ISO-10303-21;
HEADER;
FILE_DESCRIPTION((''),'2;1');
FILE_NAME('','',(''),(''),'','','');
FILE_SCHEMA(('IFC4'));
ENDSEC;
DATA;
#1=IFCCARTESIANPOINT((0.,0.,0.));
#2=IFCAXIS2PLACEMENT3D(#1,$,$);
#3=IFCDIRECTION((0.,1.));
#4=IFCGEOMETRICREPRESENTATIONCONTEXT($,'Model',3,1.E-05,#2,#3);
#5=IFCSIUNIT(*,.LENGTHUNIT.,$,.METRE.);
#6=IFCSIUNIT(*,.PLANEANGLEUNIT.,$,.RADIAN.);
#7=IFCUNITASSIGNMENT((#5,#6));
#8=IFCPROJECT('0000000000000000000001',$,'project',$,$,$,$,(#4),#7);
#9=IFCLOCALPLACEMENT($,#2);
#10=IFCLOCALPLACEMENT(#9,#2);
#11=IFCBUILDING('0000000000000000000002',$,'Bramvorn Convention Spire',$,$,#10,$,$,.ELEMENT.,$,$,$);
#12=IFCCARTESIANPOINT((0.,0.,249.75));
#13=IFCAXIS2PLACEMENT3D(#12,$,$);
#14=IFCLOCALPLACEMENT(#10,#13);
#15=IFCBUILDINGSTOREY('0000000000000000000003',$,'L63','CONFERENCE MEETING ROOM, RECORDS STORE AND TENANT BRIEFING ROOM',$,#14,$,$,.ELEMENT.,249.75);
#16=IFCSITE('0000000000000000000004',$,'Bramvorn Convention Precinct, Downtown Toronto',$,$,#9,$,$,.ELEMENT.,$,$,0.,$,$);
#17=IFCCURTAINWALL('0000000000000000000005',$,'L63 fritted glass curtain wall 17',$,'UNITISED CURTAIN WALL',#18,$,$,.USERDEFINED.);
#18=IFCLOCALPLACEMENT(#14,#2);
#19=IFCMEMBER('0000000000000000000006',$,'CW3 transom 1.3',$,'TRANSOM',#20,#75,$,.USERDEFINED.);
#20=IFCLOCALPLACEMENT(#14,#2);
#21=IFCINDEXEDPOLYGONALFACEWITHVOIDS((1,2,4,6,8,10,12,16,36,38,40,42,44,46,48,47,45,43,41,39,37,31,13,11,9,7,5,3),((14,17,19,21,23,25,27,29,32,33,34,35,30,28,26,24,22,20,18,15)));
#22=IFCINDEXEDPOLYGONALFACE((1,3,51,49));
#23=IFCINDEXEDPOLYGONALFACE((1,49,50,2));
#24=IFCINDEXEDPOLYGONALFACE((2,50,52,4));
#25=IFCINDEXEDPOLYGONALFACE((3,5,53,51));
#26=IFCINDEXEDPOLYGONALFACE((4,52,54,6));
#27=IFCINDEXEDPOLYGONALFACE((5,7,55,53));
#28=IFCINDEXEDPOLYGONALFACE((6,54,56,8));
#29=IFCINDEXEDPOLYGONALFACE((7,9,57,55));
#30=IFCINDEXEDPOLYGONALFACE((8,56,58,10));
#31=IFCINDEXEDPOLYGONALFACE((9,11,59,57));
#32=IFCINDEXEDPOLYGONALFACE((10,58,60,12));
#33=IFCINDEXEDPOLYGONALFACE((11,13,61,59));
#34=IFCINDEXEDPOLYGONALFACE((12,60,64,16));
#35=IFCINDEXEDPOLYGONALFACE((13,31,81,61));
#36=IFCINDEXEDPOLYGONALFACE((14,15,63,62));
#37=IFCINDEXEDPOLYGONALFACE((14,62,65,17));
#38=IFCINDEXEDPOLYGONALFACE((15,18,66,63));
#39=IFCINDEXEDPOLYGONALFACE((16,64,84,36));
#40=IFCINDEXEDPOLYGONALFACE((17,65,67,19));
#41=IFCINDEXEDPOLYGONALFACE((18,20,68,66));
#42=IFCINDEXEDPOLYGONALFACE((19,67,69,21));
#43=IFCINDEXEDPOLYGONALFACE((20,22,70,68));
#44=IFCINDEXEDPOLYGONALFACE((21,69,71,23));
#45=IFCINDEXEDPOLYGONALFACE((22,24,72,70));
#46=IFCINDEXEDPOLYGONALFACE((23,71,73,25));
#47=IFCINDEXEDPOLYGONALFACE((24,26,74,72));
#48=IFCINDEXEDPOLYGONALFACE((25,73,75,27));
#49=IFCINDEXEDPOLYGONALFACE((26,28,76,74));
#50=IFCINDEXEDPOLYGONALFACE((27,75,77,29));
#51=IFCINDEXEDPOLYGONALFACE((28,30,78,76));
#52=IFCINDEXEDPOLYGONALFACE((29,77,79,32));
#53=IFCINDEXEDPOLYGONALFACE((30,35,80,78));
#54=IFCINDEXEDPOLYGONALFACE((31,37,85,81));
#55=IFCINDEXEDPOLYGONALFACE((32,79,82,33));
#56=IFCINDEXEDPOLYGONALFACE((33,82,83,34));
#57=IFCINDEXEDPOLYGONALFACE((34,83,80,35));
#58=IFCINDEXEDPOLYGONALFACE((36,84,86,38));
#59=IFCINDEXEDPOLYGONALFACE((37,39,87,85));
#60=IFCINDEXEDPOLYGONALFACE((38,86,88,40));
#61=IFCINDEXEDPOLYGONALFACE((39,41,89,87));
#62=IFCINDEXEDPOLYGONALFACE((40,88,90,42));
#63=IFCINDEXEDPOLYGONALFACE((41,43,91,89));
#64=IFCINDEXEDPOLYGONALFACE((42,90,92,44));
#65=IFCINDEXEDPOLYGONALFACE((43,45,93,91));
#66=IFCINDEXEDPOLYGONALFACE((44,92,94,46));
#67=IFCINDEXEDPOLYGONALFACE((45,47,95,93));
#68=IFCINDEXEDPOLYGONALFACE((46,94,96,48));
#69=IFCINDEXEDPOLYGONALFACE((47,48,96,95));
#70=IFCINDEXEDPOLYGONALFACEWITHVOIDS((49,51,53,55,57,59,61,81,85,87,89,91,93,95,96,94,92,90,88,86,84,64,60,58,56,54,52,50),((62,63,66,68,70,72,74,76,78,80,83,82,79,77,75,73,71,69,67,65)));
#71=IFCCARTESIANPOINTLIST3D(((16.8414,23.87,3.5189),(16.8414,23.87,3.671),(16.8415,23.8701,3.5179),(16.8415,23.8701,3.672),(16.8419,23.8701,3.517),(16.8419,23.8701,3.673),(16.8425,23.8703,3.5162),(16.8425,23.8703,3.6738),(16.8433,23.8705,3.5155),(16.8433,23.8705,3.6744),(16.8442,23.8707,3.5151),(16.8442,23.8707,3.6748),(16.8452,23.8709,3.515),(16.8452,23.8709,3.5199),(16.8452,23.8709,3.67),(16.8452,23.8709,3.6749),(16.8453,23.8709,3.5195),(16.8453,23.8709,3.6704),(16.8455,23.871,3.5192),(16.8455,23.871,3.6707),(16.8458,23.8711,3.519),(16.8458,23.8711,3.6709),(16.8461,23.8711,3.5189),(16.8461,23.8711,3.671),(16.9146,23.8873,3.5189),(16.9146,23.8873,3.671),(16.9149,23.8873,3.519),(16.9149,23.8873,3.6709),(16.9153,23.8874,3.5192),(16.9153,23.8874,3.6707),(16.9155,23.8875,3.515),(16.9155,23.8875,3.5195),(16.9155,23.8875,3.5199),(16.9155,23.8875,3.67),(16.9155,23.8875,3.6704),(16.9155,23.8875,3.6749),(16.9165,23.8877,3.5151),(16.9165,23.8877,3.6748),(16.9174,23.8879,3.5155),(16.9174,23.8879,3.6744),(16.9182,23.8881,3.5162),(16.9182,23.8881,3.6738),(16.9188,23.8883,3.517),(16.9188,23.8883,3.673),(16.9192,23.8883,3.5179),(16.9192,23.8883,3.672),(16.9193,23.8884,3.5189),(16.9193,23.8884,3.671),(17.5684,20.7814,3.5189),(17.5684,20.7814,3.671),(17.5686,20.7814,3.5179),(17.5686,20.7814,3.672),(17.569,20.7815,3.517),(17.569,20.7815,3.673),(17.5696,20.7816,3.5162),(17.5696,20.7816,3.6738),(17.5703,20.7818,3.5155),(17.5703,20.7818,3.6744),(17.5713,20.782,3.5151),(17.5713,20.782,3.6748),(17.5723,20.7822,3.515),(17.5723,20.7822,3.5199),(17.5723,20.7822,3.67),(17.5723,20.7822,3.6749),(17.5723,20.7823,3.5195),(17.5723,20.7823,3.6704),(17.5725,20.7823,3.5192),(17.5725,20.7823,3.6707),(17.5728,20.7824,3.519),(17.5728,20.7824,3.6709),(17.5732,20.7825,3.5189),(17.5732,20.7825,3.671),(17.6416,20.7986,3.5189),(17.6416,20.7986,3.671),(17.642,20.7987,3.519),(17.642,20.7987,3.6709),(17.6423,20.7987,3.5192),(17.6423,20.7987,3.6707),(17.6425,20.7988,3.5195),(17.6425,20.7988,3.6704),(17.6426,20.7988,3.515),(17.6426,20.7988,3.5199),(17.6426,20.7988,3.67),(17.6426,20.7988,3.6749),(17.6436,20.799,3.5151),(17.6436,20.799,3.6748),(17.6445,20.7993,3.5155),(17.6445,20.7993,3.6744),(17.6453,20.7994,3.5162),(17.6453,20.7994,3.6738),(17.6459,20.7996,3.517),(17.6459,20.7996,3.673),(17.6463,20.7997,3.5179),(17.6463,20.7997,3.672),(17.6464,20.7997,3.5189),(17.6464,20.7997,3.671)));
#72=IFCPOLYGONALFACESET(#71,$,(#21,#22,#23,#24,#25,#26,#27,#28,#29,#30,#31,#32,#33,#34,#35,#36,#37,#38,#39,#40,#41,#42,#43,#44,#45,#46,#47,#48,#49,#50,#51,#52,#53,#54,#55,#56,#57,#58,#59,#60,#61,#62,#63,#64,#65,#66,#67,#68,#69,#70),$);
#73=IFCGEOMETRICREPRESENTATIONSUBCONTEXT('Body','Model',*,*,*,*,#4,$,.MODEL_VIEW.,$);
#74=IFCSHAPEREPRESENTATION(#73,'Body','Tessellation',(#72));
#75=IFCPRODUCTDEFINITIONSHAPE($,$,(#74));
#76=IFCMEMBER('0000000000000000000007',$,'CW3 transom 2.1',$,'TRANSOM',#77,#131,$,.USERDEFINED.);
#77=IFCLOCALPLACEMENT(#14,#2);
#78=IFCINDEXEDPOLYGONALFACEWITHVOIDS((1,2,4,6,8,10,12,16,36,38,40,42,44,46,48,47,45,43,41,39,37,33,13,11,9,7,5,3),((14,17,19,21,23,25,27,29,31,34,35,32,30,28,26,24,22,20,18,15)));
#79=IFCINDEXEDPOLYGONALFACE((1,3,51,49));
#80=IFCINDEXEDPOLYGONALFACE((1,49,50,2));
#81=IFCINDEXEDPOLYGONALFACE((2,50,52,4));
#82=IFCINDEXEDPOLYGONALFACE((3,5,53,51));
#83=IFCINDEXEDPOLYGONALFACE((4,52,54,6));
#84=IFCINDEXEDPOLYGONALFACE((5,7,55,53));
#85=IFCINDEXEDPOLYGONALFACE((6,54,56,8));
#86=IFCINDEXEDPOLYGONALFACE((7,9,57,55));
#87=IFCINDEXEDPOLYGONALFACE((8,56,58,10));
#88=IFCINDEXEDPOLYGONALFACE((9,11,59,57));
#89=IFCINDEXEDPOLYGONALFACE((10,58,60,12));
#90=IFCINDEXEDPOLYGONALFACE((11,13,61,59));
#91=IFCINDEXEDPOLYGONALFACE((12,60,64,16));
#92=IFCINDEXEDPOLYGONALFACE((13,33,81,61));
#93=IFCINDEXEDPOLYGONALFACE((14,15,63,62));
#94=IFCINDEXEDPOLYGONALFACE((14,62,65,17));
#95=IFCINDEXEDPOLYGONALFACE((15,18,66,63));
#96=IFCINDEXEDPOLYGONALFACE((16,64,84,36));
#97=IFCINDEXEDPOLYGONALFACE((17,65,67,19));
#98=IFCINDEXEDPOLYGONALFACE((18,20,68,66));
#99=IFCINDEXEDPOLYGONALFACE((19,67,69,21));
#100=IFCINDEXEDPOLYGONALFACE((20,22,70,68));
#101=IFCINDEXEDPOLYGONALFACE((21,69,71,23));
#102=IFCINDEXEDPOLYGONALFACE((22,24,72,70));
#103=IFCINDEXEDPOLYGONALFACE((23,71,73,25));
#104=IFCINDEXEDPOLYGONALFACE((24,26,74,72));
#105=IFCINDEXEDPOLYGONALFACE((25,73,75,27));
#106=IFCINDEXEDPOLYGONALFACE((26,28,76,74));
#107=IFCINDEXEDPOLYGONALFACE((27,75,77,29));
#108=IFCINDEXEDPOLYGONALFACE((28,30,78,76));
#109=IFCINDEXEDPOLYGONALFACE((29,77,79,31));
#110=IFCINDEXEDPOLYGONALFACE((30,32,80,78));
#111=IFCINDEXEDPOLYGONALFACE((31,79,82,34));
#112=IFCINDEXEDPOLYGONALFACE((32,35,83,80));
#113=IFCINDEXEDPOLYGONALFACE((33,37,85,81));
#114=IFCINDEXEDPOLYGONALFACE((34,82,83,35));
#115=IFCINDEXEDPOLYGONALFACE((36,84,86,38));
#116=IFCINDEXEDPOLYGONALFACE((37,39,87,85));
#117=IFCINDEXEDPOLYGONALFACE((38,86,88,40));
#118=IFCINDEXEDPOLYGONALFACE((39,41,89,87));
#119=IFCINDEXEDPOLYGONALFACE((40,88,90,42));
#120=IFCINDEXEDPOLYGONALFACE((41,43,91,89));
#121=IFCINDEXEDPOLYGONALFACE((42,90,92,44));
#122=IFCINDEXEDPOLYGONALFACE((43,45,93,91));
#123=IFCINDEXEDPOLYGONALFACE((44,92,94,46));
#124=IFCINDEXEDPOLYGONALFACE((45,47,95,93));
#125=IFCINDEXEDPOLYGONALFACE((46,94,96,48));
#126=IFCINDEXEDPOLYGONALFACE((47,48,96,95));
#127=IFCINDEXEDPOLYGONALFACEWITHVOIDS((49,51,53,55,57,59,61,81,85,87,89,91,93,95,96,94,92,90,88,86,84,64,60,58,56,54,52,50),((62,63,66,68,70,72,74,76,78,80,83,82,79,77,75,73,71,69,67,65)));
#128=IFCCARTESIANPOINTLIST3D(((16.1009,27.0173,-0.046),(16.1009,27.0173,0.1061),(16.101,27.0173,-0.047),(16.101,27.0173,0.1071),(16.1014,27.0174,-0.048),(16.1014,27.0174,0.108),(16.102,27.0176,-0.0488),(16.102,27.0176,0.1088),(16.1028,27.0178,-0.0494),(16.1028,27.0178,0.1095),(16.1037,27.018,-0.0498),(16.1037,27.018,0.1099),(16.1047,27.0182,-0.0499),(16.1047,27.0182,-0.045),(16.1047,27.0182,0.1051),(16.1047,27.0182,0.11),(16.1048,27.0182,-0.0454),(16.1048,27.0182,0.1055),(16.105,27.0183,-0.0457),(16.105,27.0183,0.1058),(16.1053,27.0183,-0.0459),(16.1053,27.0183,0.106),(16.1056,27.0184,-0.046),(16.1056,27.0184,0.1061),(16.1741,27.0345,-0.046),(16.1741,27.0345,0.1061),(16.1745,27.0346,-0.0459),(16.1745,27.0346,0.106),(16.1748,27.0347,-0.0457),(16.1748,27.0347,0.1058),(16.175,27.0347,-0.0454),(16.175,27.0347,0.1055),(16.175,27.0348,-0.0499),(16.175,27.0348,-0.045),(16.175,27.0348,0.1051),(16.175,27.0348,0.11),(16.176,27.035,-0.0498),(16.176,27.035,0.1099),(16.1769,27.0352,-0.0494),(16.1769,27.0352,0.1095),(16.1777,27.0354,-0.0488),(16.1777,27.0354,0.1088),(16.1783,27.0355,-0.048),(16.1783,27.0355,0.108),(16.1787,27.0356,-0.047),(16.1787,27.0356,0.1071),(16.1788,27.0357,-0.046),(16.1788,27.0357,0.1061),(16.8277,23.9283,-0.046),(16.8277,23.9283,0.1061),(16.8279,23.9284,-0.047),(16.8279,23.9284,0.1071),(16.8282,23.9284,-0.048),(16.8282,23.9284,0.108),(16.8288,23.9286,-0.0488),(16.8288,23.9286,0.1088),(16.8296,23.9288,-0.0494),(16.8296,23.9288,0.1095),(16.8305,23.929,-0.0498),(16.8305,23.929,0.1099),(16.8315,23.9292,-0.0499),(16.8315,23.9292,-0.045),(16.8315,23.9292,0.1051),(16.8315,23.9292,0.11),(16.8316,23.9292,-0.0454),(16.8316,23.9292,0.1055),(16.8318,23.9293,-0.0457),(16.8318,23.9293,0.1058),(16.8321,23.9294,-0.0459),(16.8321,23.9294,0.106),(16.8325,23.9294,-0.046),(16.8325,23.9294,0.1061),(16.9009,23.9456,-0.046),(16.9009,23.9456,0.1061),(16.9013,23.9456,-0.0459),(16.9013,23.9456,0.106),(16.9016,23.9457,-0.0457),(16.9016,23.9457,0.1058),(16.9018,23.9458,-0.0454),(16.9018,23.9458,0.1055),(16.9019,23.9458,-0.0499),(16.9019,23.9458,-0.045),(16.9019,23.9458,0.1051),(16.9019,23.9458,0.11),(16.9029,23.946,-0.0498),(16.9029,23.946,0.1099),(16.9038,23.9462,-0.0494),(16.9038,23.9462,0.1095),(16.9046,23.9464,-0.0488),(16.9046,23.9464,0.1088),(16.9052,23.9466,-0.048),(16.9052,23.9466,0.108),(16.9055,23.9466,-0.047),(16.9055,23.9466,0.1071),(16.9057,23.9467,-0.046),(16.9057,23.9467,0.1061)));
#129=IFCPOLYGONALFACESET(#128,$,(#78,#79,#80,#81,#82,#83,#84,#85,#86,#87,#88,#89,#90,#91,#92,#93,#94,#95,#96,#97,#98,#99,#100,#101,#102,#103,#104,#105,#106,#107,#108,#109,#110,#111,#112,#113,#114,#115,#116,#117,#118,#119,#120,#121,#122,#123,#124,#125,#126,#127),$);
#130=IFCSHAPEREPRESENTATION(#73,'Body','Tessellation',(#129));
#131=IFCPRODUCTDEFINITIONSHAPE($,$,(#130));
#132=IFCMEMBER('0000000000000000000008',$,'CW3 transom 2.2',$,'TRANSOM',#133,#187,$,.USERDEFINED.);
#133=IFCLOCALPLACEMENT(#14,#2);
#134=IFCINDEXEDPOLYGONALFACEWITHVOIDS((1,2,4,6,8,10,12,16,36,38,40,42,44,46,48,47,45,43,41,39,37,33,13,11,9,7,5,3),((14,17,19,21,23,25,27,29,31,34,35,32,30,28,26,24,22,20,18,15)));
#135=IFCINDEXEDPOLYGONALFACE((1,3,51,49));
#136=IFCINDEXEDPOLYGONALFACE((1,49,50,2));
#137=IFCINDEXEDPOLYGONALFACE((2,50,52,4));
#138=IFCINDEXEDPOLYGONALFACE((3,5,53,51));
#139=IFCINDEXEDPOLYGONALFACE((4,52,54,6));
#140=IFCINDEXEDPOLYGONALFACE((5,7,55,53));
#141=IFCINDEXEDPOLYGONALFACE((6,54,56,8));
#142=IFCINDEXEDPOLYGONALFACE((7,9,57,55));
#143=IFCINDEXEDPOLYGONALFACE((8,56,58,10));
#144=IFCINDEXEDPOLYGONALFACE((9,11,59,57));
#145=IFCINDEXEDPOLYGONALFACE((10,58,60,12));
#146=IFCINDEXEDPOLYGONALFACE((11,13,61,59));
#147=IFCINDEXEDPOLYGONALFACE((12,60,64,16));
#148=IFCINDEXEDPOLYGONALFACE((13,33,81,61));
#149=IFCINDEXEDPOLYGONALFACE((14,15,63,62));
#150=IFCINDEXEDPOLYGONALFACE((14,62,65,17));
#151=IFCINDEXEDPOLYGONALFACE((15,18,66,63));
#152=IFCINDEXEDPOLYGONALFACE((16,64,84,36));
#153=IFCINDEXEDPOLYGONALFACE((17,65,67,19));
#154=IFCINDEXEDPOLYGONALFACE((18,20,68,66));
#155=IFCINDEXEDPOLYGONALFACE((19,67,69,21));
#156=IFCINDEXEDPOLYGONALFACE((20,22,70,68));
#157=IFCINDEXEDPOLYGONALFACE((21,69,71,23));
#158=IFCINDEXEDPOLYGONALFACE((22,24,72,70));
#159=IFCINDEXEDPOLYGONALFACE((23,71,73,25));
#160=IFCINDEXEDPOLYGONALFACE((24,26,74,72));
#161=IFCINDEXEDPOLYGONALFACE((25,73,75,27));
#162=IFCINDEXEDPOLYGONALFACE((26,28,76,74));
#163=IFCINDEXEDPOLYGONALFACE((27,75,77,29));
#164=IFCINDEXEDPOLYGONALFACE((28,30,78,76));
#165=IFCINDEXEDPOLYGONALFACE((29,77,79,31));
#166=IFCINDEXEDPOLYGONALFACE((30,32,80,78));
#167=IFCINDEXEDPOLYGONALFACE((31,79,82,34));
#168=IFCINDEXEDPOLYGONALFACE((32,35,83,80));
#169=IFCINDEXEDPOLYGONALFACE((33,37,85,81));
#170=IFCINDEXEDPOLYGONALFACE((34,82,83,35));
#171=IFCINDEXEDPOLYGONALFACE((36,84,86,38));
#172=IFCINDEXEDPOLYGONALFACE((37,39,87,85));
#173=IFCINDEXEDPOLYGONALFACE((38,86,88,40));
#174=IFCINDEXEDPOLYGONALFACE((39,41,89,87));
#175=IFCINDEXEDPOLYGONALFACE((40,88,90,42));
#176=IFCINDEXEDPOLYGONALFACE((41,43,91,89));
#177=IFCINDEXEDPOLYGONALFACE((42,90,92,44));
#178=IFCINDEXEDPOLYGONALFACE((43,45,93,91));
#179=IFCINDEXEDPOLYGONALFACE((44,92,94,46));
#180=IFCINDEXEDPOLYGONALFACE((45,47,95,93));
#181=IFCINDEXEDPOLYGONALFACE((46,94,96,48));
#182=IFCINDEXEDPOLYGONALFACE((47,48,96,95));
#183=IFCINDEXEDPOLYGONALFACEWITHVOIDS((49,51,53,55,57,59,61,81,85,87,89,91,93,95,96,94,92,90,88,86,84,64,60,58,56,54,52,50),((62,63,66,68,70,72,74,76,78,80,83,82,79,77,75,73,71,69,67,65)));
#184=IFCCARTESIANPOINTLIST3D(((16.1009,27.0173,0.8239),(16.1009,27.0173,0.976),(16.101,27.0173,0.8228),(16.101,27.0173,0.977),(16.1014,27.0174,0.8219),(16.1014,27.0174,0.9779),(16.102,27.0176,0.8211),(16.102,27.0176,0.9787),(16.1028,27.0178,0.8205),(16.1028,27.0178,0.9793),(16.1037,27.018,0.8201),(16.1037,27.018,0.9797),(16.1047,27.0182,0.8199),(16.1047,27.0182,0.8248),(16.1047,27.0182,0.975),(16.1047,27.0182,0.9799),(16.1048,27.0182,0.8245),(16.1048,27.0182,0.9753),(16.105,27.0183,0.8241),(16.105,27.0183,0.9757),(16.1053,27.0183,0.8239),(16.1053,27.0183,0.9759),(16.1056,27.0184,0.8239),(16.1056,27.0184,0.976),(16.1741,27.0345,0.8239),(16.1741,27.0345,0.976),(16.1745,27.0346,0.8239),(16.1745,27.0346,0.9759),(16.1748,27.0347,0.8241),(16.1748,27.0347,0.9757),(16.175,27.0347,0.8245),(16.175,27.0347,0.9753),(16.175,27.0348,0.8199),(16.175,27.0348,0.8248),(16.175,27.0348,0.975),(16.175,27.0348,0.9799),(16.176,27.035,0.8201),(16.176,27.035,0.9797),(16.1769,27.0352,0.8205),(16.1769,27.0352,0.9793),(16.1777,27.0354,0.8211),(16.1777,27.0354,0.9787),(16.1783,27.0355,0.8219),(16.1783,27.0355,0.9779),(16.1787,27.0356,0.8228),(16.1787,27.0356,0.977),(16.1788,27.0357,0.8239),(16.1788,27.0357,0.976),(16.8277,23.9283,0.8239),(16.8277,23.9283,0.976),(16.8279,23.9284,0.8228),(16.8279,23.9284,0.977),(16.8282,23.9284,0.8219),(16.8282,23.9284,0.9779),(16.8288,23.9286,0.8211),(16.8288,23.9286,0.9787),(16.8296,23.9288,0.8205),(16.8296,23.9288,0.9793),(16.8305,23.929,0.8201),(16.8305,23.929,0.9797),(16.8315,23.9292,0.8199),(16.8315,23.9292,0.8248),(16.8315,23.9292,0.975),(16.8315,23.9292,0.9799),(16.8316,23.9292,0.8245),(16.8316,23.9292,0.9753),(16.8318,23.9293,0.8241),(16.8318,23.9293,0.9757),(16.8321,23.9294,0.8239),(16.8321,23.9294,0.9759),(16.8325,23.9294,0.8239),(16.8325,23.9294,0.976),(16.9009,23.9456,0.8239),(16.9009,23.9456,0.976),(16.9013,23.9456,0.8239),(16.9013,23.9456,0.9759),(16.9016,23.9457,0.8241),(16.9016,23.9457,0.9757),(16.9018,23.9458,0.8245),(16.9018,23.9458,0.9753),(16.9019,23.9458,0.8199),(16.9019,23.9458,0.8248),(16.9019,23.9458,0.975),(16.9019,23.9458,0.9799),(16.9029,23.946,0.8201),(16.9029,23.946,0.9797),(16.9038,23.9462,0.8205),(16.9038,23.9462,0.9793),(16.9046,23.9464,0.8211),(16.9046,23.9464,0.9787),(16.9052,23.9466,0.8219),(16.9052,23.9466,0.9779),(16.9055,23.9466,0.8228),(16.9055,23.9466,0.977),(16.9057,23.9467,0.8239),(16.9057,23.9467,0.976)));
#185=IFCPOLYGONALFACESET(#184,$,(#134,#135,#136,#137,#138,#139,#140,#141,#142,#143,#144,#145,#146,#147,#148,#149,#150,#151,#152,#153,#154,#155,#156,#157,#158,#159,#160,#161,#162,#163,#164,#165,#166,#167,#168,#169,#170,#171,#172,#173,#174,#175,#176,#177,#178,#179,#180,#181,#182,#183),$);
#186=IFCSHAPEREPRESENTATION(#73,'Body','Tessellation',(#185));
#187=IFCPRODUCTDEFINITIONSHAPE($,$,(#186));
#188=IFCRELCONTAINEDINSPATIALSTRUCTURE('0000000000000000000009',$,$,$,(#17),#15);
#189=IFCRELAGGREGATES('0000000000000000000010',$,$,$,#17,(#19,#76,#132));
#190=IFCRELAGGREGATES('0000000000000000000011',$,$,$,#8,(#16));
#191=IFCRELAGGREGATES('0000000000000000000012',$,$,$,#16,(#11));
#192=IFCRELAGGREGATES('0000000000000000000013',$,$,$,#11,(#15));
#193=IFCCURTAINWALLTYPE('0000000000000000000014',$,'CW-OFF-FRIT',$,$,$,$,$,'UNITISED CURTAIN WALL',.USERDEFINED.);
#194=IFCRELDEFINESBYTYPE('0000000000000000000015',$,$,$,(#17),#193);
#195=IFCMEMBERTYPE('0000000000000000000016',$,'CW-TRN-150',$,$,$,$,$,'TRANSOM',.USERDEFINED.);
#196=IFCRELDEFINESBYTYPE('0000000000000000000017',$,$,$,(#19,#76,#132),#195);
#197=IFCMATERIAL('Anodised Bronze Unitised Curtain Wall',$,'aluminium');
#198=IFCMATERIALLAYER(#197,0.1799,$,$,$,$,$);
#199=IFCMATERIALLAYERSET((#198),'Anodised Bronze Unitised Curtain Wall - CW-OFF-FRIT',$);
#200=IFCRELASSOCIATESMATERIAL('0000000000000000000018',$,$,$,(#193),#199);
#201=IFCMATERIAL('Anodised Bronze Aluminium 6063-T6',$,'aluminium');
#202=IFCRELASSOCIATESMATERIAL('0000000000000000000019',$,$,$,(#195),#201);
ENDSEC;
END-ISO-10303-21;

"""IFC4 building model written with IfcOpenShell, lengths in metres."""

from ifc_helpers import new_model, si_unit, direction, frame, origin, origin_2d, place, context, subcontext, project, spatial, hollow_rectangle, extrude, material, layer, layer_set, material_profile, profile_set, type_object, element, aggregate, save


model = new_model("IFC4")

# Units and contexts
model_context = context("Model", 3, precision=1e-05, world=origin(), true_north=direction((0.0, 1.0)))
body_context = subcontext(model_context, "Body", "Model", "MODEL_VIEW")
ifc_project = project(units=[si_unit("LENGTHUNIT", "METRE"), si_unit("PLANEANGLEUNIT", "RADIAN")], contexts=[model_context])

# Site, building, storey
site_placement = place(None, origin())
site = spatial("IfcSite", under=ifc_project, at=site_placement, Name="Bramvorn Convention Precinct, Downtown Toronto", CompositionType="ELEMENT", RefElevation=0.0)
building_placement = place(site_placement, origin())
building = spatial("IfcBuilding", under=site, at=building_placement, Name="Bramvorn Convention Spire", CompositionType="ELEMENT")
storey_placement = place(building_placement, frame((0.0, 0.0, 249.75)))
storey = spatial("IfcBuildingStorey", under=building, at=storey_placement, Name="L63", Description="CONFERENCE MEETING ROOM, RECORDS STORE AND TENANT BRIEFING ROOM", CompositionType="ELEMENT", Elevation=249.75)

# Curtain wall
ifc_material_1 = material(Name="Anodised Bronze Unitised Curtain Wall", Category="aluminium")
ifc_layer_1 = layer(ifc_material_1, 0.1799)
ifc_layer_set_1 = layer_set([ifc_layer_1], Name="Anodised Bronze Unitised Curtain Wall - CW-OFF-FRIT")
curtain_wall_type = type_object("IfcCurtainWallType", Name="CW-OFF-FRIT", ElementType="UNITISED CURTAIN WALL", PredefinedType="USERDEFINED", material=ifc_layer_set_1)
curtain_wall_1_placement = place(storey_placement, origin())
curtain_wall_1 = element("IfcCurtainWall", 1, at=curtain_wall_1_placement, inside=storey, type_object=curtain_wall_type, Name="L63 fritted glass curtain wall 17", ObjectType="UNITISED CURTAIN WALL", PredefinedType="USERDEFINED")
ifc_material_2 = material(Name="Anodised Bronze Aluminium 6063-T6", Category="aluminium")

# Members
ifc_material_profile_1 = material_profile(ifc_material_2, hollow_rectangle(XDim=0.0801, YDim=0.1599, WallThickness=0.0039, InnerFilletRadius=0.001, OuterFilletRadius=0.0039, at=origin_2d()))
ifc_profile_set_1 = profile_set([ifc_material_profile_1], Name="Anodised Bronze Aluminium 6063-T6 - CWT80X160")
member_type_1 = type_object("IfcMemberType", Name="CW-TRN-150", ElementType="TRANSOM", PredefinedType="USERDEFINED", material=ifc_profile_set_1)
member_1_placement = place(storey_placement, frame((17.6074, 20.7905, 3.595), z_axis=(-0.229134, 0.973395, 0.0), x_axis=(-0.973395, -0.229134, 0.0)))
member_1 = element("IfcMember", 2, at=member_1_placement, type_object=member_type_1, Name="CW3 transom 1.3", ObjectType="TRANSOM", PredefinedType="USERDEFINED", context=body_context, shape_type="SweptSolid", body=[
    extrude(hollow_rectangle(XDim=0.0801, YDim=0.1599, WallThickness=0.0039, InnerFilletRadius=0.001, OuterFilletRadius=0.0039, at=origin_2d()), origin(), (0.0, 0.0, 1.0), 3.1731),
])
member_2_placement = place(storey_placement, frame((16.8667, 23.9375, 0.03), z_axis=(-0.229044, 0.973416, 0.0), x_axis=(-0.973416, -0.229044, 0.0)))
member_2 = element("IfcMember", 3, at=member_2_placement, type_object=member_type_1, Name="CW3 transom 2.1", ObjectType="TRANSOM", PredefinedType="USERDEFINED", context=body_context, shape_type="SweptSolid", body=[
    extrude(hollow_rectangle(XDim=0.0801, YDim=0.1599, WallThickness=0.0039, InnerFilletRadius=0.001, OuterFilletRadius=0.0039, at=origin_2d()), origin(), (0.0, 0.0, 1.0), 3.1733),
])
member_3_placement = place(storey_placement, frame((16.8667, 23.9375, 0.8999), z_axis=(-0.229044, 0.973416, 0.0), x_axis=(-0.973416, -0.229044, 0.0)))
member_3 = element("IfcMember", 4, at=member_3_placement, type_object=member_type_1, Name="CW3 transom 2.2", ObjectType="TRANSOM", PredefinedType="USERDEFINED", context=body_context, shape_type="SweptSolid", body=[
    extrude(hollow_rectangle(XDim=0.0801, YDim=0.1599, WallThickness=0.0039, InnerFilletRadius=0.001, OuterFilletRadius=0.0039, at=origin_2d()), origin(), (0.0, 0.0, 1.0), 3.1733),
])

aggregate(curtain_wall_1, [member_1, member_2, member_3])

save(model, "model.ifc")
